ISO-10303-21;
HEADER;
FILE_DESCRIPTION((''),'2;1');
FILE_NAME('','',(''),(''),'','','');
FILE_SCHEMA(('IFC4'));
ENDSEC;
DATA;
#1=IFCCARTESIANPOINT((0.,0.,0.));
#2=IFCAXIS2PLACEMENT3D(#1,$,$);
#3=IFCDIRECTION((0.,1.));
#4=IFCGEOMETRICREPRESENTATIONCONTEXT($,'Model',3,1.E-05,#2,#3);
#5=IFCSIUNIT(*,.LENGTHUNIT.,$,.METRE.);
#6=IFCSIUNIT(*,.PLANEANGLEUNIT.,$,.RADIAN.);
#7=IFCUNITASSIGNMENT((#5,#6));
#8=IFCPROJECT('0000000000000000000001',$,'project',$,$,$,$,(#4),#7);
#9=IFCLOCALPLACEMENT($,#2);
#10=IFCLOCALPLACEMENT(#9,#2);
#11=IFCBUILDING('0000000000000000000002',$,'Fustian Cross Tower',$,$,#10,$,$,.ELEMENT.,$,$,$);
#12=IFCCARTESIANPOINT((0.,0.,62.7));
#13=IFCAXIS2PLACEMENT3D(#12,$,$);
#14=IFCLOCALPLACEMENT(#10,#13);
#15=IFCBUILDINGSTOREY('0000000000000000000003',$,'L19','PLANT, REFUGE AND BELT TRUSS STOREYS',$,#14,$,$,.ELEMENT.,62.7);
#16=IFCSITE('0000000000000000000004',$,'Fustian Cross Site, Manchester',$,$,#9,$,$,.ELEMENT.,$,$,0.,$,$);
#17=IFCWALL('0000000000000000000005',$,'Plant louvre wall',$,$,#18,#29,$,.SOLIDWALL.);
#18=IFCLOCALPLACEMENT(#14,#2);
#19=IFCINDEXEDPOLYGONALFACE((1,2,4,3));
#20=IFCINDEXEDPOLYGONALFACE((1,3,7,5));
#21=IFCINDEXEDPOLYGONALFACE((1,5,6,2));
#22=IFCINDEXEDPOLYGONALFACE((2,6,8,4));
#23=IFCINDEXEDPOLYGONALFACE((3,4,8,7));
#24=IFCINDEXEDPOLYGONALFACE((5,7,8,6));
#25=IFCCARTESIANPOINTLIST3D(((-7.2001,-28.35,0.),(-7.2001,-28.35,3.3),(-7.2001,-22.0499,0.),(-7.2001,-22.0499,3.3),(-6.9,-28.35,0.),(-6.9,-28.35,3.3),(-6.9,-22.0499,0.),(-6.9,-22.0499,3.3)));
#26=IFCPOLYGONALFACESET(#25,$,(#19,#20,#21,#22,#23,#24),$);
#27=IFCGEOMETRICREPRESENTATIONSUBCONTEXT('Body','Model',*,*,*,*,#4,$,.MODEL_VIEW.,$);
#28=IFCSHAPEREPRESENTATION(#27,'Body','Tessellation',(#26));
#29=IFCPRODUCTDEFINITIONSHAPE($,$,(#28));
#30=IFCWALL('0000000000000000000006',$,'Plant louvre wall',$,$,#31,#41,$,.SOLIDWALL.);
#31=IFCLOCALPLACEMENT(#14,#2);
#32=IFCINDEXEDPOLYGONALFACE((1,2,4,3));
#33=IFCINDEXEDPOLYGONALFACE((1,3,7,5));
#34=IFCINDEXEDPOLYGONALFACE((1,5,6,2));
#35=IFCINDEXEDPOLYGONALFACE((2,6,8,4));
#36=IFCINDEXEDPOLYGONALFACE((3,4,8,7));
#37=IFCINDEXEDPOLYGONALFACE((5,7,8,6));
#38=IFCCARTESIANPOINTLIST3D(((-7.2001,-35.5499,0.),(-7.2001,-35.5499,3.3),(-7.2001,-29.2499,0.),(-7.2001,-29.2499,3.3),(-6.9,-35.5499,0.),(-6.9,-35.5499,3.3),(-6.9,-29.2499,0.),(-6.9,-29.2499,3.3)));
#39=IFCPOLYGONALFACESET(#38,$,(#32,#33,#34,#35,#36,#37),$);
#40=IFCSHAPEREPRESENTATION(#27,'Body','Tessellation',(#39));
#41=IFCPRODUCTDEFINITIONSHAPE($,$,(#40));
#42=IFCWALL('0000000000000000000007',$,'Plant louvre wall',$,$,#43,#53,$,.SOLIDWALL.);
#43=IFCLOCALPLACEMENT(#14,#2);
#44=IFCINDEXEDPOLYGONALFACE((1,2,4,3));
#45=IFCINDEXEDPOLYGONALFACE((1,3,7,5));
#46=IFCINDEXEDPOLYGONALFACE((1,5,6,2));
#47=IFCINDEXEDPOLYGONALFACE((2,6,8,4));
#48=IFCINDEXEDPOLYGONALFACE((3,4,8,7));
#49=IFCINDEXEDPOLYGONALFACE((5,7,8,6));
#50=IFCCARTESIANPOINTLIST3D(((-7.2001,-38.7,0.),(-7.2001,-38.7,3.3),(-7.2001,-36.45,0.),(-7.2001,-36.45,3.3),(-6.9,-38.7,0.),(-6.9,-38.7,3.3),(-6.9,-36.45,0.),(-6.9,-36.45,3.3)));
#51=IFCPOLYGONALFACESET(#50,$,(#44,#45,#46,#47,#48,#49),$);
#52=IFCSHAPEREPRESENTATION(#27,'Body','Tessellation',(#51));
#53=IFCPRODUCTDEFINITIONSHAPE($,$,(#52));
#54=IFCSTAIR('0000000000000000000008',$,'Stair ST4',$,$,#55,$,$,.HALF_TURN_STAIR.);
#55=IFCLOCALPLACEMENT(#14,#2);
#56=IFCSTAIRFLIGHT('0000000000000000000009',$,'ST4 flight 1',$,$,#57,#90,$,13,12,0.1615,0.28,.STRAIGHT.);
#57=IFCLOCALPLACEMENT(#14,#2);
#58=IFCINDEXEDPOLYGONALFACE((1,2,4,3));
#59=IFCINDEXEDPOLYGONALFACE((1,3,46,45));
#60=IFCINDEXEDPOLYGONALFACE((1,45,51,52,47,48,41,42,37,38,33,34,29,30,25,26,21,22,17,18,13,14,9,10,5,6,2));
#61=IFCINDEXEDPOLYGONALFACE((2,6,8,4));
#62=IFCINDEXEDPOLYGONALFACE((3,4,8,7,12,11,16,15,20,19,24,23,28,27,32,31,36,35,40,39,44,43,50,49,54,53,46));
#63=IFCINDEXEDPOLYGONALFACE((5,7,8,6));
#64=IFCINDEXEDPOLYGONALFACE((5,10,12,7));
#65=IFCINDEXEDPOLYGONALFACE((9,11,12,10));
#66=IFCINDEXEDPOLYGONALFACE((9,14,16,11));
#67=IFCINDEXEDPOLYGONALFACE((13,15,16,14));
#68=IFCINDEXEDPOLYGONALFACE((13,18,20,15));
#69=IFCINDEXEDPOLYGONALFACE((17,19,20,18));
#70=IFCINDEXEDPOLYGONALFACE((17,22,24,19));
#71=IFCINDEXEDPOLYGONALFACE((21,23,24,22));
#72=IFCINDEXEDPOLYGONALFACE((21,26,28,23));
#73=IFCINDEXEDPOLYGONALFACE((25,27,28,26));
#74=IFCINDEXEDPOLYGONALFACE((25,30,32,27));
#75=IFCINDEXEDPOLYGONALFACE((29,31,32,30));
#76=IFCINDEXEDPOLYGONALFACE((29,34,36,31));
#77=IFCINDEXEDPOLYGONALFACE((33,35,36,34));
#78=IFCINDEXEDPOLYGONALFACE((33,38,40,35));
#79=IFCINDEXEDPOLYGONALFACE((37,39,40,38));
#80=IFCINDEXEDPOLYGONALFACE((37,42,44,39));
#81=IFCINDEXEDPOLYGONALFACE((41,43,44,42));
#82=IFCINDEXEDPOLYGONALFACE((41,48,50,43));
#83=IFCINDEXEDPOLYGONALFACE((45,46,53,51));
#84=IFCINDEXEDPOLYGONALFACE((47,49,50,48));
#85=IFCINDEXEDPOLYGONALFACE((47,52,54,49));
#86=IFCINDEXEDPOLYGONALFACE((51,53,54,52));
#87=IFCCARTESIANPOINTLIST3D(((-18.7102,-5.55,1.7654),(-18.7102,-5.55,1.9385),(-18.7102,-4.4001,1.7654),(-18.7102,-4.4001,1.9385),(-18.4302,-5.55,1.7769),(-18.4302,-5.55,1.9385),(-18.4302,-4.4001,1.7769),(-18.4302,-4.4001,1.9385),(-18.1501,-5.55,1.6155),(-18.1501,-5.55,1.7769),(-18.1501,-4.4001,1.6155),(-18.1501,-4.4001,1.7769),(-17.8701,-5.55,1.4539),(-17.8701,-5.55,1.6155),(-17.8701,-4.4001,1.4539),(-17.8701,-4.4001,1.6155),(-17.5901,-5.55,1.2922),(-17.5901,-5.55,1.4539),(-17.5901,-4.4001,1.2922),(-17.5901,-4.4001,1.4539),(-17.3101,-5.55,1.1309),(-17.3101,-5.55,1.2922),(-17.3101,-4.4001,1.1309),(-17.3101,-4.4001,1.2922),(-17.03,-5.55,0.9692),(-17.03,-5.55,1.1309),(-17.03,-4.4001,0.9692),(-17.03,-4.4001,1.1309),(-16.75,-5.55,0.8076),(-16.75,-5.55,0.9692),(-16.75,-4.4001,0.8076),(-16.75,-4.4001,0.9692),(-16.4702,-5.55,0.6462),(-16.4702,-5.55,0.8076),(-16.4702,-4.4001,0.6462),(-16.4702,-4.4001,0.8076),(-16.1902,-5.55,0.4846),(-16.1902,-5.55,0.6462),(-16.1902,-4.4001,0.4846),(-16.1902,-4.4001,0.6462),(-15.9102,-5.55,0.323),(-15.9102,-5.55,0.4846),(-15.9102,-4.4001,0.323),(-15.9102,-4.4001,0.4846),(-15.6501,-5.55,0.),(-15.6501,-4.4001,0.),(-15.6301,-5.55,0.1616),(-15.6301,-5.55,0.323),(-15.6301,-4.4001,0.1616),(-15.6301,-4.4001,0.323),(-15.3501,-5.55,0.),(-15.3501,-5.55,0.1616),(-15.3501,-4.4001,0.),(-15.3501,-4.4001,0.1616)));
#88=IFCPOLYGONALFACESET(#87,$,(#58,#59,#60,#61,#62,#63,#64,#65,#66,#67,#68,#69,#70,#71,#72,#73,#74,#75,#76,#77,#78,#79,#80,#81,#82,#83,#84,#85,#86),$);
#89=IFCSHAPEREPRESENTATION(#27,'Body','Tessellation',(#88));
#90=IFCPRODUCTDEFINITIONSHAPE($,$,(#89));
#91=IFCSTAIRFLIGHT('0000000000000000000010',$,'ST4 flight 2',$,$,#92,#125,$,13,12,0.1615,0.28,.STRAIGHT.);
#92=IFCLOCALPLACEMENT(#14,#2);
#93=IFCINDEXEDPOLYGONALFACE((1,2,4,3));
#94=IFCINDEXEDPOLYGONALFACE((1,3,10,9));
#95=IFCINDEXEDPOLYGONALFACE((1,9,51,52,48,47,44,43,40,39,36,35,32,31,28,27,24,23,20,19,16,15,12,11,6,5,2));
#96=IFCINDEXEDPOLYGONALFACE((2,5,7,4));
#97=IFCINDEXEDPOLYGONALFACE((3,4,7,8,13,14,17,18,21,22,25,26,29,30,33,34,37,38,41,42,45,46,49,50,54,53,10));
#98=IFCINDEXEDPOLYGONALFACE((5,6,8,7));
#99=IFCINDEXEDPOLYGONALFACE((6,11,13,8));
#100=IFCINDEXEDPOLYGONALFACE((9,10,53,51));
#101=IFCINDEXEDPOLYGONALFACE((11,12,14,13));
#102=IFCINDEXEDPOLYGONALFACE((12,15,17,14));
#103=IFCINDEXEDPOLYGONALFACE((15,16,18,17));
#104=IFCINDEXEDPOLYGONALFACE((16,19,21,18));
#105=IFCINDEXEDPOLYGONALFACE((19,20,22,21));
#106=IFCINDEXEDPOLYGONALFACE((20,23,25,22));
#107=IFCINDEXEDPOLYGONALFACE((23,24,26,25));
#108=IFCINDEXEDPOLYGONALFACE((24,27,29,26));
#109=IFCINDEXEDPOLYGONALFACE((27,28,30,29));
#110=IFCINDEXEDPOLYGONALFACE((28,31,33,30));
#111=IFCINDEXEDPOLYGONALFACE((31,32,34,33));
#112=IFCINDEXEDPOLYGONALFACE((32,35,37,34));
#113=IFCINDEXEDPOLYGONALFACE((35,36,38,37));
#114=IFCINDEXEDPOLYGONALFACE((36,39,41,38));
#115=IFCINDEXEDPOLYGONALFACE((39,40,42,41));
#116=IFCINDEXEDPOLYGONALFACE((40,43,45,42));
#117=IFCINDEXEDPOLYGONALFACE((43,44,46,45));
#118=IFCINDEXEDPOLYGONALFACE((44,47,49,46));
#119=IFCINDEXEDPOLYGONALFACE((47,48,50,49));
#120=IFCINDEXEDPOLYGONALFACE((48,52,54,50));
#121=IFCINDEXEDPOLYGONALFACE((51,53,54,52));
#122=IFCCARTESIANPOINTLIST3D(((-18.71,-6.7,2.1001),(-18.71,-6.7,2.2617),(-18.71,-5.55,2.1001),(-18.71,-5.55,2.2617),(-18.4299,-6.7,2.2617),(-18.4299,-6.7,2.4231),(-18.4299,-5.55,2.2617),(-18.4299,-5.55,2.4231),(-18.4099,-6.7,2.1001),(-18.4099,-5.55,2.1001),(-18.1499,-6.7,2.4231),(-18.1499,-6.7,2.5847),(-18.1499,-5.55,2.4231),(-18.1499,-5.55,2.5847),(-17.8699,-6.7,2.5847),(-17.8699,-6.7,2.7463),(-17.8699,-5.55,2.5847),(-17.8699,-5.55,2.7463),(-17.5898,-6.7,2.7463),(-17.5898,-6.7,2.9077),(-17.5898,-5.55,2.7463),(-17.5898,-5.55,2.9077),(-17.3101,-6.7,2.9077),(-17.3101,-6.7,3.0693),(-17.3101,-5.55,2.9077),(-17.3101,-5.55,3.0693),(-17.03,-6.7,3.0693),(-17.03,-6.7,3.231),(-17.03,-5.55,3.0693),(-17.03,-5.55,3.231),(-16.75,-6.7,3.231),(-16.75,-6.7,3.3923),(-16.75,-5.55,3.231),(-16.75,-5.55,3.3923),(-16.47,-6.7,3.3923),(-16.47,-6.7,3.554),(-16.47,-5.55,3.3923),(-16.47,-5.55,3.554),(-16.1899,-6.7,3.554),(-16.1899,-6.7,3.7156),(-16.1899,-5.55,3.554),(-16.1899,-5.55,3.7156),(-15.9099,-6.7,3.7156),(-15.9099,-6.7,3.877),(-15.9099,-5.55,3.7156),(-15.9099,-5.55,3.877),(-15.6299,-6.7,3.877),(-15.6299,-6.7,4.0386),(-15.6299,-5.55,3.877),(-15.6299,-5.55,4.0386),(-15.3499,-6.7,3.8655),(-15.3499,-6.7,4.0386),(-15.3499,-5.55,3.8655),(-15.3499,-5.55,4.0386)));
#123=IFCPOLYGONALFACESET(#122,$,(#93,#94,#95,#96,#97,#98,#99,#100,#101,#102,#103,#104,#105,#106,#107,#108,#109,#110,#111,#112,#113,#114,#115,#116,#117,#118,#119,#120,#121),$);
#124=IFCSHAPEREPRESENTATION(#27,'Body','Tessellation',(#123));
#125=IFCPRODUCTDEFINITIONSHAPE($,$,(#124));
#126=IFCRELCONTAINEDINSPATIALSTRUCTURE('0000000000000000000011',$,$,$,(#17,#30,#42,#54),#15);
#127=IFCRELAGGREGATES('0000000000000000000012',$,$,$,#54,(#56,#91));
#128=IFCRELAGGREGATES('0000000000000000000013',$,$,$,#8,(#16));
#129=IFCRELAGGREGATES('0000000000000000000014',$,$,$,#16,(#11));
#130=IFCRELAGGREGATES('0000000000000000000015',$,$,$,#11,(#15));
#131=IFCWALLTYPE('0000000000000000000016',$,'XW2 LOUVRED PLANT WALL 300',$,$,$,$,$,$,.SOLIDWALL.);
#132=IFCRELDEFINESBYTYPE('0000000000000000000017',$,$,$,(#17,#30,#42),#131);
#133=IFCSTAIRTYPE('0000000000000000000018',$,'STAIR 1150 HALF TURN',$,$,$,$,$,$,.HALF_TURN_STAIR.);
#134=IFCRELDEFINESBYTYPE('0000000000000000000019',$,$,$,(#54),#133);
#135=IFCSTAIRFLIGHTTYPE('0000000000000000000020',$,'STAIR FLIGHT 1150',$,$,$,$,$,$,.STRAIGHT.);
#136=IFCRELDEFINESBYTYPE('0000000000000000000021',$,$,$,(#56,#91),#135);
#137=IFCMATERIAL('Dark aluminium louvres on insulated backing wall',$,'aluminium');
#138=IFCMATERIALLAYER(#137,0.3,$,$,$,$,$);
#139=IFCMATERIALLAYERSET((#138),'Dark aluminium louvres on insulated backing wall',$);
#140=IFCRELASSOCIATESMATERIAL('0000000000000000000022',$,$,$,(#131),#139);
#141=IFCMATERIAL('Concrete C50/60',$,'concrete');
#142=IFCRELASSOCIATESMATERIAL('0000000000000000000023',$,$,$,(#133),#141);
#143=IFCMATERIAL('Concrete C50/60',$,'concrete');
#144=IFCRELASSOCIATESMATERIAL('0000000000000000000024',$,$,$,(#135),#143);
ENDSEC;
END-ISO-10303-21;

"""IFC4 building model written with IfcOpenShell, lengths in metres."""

from ifc_helpers import new_model, si_unit, direction, frame, frame_2d, origin, place, context, subcontext, project, spatial, polyline, rectangle, outline, extrude, material, layer, layer_set, type_object, element, aggregate, save


model = new_model("IFC4")

# Units and contexts
model_context = context("Model", 3, precision=1e-05, world=origin(), true_north=direction((0.0, 1.0)))
body_context = subcontext(model_context, "Body", "Model", "MODEL_VIEW")
ifc_project = project(units=[si_unit("LENGTHUNIT", "METRE"), si_unit("PLANEANGLEUNIT", "RADIAN")], contexts=[model_context])

# Site, building, storey
site_placement = place(None, origin())
site = spatial("IfcSite", under=ifc_project, at=site_placement, Name="Fustian Cross Site, Manchester", CompositionType="ELEMENT", RefElevation=0.0)
building_placement = place(site_placement, origin())
building = spatial("IfcBuilding", under=site, at=building_placement, Name="Fustian Cross Tower", CompositionType="ELEMENT")
storey_placement = place(building_placement, frame((0.0, 0.0, 62.7)))
storey = spatial("IfcBuildingStorey", under=building, at=storey_placement, Name="L19", Description="PLANT, REFUGE AND BELT TRUSS STOREYS", CompositionType="ELEMENT", Elevation=62.7)

# Walls
ifc_material_1 = material(Name="Dark aluminium louvres on insulated backing wall", Category="aluminium")
ifc_layer_1 = layer(ifc_material_1, 0.3)
ifc_layer_set_1 = layer_set([ifc_layer_1], Name="Dark aluminium louvres on insulated backing wall")
wall_type_1 = type_object("IfcWallType", Name="XW2 LOUVRED PLANT WALL 300", PredefinedType="SOLIDWALL", material=ifc_layer_set_1)
for number, where, z_axis, x_axis, name in (
    (1, (-7.05, -22.05, 0.0), (0.0, 0.0, 1.0), (0.0, -1.0, 0.0), "Plant louvre wall"),
    (2, (-7.05, -29.25, 0.0), (0.0, 0.0, 1.0), (0.0, -1.0, 0.0), "Plant louvre wall"),
):
    element("IfcWall", number, at=place(storey_placement, frame(where, z_axis=z_axis, x_axis=x_axis)), inside=storey, type_object=wall_type_1, Name=name, PredefinedType="SOLIDWALL", context=body_context, shape_type="SweptSolid", body=[
        extrude(rectangle(XDim=6.3, YDim=0.3, at=frame_2d((3.1499, 0.0))), origin(), (0.0, 0.0, 1.0), 3.3),
    ])
wall_1_placement = place(storey_placement, frame((-7.05, -36.45, 0.0), z_axis=(0.0, 0.0, 1.0), x_axis=(0.0, -1.0, 0.0)))
element("IfcWall", 3, at=wall_1_placement, inside=storey, type_object=wall_type_1, Name="Plant louvre wall", PredefinedType="SOLIDWALL", context=body_context, shape_type="SweptSolid", body=[
    extrude(rectangle(XDim=2.25, YDim=0.3, at=frame_2d((1.125, 0.0))), origin(), (0.0, 0.0, 1.0), 3.3),
])

# Stair, stair flights
ifc_material_2 = material(Name="Concrete C50/60", Category="concrete")
stair_type = type_object("IfcStairType", Name="STAIR 1150 HALF TURN", PredefinedType="HALF_TURN_STAIR", material=ifc_material_2)
stair_placement = place(storey_placement, origin())
stair = element("IfcStair", 4, at=stair_placement, inside=storey, type_object=stair_type, Name="Stair ST4", PredefinedType="HALF_TURN_STAIR")
ifc_material_3 = material(Name="Concrete C50/60", Category="concrete")
stair_flight_type = type_object("IfcStairFlightType", Name="STAIR FLIGHT 1150", PredefinedType="STRAIGHT", material=ifc_material_3)
stair_flight_1_placement = place(storey_placement, frame((-15.3501, -4.9751, 0.0), z_axis=(0.0, 0.0, 1.0), x_axis=(-1.0, 0.0, 0.0)))
stair_flight_1 = element("IfcStairFlight", 5, at=stair_flight_1_placement, type_object=stair_flight_type, Name="ST4 flight 1", NumberOfRisers=13, NumberOfTreads=12, PredefinedType="STRAIGHT", RiserHeight=0.1615, TreadLength=0.28, context=body_context, shape_type="SweptSolid", body=[
    extrude(outline(polyline([(0.0, 0.0), (0.0, 0.1616), (0.28, 0.1616), (0.28, 0.323), (0.5601, 0.323), (0.5601, 0.4846), (0.8401, 0.4846), (0.8401, 0.6462), (1.1201, 0.6462), (1.1201, 0.8076), (1.3999, 0.8076), (1.3999, 0.9692), (1.6799, 0.9692), (1.6799, 1.1309), (1.96, 1.1309), (1.96, 1.2922), (2.24, 1.2922), (2.24, 1.4539), (2.52, 1.4539), (2.52, 1.6155), (2.8, 1.6155), (2.8, 1.7769), (3.0801, 1.7769), (3.0801, 1.9385), (3.3601, 1.9385), (3.3601, 2.1001), (3.3601, 1.7654), (0.3, 0.0), (0.0, 0.0)])), frame((0.0, 0.575, 0.0), z_axis=(0.0, -1.0, 0.0), x_axis=(1.0, 0.0, 0.0)), (0.0, 0.0, 1.0), 1.1499),
])
stair_flight_2_placement = place(storey_placement, frame((-18.71, -6.125, 2.1001), z_axis=(0.0, 0.0, 1.0), x_axis=(1.0, 0.0, 0.0)))
stair_flight_2 = element("IfcStairFlight", 6, at=stair_flight_2_placement, type_object=stair_flight_type, Name="ST4 flight 2", NumberOfRisers=13, NumberOfTreads=12, PredefinedType="STRAIGHT", RiserHeight=0.1615, TreadLength=0.28, context=body_context, shape_type="SweptSolid", body=[
    extrude(outline(polyline([(0.0, 0.0), (0.0, 0.1616), (0.28, 0.1616), (0.28, 0.323), (0.5601, 0.323), (0.5601, 0.4846), (0.8401, 0.4846), (0.8401, 0.6462), (1.1201, 0.6462), (1.1201, 0.8076), (1.3999, 0.8076), (1.3999, 0.9692), (1.6799, 0.9692), (1.6799, 1.1309), (1.96, 1.1309), (1.96, 1.2922), (2.24, 1.2922), (2.24, 1.4539), (2.52, 1.4539), (2.52, 1.6155), (2.8, 1.6155), (2.8, 1.7769), (3.0801, 1.7769), (3.0801, 1.9385), (3.3601, 1.9385), (3.3601, 2.1001), (3.3601, 1.7654), (0.3, 0.0), (0.0, 0.0)])), frame((0.0, 0.575, 0.0), z_axis=(0.0, -1.0, 0.0), x_axis=(1.0, 0.0, 0.0)), (0.0, 0.0, 1.0), 1.1499),
])
aggregate(stair, [stair_flight_1, stair_flight_2])

save(model, "model.ifc")
